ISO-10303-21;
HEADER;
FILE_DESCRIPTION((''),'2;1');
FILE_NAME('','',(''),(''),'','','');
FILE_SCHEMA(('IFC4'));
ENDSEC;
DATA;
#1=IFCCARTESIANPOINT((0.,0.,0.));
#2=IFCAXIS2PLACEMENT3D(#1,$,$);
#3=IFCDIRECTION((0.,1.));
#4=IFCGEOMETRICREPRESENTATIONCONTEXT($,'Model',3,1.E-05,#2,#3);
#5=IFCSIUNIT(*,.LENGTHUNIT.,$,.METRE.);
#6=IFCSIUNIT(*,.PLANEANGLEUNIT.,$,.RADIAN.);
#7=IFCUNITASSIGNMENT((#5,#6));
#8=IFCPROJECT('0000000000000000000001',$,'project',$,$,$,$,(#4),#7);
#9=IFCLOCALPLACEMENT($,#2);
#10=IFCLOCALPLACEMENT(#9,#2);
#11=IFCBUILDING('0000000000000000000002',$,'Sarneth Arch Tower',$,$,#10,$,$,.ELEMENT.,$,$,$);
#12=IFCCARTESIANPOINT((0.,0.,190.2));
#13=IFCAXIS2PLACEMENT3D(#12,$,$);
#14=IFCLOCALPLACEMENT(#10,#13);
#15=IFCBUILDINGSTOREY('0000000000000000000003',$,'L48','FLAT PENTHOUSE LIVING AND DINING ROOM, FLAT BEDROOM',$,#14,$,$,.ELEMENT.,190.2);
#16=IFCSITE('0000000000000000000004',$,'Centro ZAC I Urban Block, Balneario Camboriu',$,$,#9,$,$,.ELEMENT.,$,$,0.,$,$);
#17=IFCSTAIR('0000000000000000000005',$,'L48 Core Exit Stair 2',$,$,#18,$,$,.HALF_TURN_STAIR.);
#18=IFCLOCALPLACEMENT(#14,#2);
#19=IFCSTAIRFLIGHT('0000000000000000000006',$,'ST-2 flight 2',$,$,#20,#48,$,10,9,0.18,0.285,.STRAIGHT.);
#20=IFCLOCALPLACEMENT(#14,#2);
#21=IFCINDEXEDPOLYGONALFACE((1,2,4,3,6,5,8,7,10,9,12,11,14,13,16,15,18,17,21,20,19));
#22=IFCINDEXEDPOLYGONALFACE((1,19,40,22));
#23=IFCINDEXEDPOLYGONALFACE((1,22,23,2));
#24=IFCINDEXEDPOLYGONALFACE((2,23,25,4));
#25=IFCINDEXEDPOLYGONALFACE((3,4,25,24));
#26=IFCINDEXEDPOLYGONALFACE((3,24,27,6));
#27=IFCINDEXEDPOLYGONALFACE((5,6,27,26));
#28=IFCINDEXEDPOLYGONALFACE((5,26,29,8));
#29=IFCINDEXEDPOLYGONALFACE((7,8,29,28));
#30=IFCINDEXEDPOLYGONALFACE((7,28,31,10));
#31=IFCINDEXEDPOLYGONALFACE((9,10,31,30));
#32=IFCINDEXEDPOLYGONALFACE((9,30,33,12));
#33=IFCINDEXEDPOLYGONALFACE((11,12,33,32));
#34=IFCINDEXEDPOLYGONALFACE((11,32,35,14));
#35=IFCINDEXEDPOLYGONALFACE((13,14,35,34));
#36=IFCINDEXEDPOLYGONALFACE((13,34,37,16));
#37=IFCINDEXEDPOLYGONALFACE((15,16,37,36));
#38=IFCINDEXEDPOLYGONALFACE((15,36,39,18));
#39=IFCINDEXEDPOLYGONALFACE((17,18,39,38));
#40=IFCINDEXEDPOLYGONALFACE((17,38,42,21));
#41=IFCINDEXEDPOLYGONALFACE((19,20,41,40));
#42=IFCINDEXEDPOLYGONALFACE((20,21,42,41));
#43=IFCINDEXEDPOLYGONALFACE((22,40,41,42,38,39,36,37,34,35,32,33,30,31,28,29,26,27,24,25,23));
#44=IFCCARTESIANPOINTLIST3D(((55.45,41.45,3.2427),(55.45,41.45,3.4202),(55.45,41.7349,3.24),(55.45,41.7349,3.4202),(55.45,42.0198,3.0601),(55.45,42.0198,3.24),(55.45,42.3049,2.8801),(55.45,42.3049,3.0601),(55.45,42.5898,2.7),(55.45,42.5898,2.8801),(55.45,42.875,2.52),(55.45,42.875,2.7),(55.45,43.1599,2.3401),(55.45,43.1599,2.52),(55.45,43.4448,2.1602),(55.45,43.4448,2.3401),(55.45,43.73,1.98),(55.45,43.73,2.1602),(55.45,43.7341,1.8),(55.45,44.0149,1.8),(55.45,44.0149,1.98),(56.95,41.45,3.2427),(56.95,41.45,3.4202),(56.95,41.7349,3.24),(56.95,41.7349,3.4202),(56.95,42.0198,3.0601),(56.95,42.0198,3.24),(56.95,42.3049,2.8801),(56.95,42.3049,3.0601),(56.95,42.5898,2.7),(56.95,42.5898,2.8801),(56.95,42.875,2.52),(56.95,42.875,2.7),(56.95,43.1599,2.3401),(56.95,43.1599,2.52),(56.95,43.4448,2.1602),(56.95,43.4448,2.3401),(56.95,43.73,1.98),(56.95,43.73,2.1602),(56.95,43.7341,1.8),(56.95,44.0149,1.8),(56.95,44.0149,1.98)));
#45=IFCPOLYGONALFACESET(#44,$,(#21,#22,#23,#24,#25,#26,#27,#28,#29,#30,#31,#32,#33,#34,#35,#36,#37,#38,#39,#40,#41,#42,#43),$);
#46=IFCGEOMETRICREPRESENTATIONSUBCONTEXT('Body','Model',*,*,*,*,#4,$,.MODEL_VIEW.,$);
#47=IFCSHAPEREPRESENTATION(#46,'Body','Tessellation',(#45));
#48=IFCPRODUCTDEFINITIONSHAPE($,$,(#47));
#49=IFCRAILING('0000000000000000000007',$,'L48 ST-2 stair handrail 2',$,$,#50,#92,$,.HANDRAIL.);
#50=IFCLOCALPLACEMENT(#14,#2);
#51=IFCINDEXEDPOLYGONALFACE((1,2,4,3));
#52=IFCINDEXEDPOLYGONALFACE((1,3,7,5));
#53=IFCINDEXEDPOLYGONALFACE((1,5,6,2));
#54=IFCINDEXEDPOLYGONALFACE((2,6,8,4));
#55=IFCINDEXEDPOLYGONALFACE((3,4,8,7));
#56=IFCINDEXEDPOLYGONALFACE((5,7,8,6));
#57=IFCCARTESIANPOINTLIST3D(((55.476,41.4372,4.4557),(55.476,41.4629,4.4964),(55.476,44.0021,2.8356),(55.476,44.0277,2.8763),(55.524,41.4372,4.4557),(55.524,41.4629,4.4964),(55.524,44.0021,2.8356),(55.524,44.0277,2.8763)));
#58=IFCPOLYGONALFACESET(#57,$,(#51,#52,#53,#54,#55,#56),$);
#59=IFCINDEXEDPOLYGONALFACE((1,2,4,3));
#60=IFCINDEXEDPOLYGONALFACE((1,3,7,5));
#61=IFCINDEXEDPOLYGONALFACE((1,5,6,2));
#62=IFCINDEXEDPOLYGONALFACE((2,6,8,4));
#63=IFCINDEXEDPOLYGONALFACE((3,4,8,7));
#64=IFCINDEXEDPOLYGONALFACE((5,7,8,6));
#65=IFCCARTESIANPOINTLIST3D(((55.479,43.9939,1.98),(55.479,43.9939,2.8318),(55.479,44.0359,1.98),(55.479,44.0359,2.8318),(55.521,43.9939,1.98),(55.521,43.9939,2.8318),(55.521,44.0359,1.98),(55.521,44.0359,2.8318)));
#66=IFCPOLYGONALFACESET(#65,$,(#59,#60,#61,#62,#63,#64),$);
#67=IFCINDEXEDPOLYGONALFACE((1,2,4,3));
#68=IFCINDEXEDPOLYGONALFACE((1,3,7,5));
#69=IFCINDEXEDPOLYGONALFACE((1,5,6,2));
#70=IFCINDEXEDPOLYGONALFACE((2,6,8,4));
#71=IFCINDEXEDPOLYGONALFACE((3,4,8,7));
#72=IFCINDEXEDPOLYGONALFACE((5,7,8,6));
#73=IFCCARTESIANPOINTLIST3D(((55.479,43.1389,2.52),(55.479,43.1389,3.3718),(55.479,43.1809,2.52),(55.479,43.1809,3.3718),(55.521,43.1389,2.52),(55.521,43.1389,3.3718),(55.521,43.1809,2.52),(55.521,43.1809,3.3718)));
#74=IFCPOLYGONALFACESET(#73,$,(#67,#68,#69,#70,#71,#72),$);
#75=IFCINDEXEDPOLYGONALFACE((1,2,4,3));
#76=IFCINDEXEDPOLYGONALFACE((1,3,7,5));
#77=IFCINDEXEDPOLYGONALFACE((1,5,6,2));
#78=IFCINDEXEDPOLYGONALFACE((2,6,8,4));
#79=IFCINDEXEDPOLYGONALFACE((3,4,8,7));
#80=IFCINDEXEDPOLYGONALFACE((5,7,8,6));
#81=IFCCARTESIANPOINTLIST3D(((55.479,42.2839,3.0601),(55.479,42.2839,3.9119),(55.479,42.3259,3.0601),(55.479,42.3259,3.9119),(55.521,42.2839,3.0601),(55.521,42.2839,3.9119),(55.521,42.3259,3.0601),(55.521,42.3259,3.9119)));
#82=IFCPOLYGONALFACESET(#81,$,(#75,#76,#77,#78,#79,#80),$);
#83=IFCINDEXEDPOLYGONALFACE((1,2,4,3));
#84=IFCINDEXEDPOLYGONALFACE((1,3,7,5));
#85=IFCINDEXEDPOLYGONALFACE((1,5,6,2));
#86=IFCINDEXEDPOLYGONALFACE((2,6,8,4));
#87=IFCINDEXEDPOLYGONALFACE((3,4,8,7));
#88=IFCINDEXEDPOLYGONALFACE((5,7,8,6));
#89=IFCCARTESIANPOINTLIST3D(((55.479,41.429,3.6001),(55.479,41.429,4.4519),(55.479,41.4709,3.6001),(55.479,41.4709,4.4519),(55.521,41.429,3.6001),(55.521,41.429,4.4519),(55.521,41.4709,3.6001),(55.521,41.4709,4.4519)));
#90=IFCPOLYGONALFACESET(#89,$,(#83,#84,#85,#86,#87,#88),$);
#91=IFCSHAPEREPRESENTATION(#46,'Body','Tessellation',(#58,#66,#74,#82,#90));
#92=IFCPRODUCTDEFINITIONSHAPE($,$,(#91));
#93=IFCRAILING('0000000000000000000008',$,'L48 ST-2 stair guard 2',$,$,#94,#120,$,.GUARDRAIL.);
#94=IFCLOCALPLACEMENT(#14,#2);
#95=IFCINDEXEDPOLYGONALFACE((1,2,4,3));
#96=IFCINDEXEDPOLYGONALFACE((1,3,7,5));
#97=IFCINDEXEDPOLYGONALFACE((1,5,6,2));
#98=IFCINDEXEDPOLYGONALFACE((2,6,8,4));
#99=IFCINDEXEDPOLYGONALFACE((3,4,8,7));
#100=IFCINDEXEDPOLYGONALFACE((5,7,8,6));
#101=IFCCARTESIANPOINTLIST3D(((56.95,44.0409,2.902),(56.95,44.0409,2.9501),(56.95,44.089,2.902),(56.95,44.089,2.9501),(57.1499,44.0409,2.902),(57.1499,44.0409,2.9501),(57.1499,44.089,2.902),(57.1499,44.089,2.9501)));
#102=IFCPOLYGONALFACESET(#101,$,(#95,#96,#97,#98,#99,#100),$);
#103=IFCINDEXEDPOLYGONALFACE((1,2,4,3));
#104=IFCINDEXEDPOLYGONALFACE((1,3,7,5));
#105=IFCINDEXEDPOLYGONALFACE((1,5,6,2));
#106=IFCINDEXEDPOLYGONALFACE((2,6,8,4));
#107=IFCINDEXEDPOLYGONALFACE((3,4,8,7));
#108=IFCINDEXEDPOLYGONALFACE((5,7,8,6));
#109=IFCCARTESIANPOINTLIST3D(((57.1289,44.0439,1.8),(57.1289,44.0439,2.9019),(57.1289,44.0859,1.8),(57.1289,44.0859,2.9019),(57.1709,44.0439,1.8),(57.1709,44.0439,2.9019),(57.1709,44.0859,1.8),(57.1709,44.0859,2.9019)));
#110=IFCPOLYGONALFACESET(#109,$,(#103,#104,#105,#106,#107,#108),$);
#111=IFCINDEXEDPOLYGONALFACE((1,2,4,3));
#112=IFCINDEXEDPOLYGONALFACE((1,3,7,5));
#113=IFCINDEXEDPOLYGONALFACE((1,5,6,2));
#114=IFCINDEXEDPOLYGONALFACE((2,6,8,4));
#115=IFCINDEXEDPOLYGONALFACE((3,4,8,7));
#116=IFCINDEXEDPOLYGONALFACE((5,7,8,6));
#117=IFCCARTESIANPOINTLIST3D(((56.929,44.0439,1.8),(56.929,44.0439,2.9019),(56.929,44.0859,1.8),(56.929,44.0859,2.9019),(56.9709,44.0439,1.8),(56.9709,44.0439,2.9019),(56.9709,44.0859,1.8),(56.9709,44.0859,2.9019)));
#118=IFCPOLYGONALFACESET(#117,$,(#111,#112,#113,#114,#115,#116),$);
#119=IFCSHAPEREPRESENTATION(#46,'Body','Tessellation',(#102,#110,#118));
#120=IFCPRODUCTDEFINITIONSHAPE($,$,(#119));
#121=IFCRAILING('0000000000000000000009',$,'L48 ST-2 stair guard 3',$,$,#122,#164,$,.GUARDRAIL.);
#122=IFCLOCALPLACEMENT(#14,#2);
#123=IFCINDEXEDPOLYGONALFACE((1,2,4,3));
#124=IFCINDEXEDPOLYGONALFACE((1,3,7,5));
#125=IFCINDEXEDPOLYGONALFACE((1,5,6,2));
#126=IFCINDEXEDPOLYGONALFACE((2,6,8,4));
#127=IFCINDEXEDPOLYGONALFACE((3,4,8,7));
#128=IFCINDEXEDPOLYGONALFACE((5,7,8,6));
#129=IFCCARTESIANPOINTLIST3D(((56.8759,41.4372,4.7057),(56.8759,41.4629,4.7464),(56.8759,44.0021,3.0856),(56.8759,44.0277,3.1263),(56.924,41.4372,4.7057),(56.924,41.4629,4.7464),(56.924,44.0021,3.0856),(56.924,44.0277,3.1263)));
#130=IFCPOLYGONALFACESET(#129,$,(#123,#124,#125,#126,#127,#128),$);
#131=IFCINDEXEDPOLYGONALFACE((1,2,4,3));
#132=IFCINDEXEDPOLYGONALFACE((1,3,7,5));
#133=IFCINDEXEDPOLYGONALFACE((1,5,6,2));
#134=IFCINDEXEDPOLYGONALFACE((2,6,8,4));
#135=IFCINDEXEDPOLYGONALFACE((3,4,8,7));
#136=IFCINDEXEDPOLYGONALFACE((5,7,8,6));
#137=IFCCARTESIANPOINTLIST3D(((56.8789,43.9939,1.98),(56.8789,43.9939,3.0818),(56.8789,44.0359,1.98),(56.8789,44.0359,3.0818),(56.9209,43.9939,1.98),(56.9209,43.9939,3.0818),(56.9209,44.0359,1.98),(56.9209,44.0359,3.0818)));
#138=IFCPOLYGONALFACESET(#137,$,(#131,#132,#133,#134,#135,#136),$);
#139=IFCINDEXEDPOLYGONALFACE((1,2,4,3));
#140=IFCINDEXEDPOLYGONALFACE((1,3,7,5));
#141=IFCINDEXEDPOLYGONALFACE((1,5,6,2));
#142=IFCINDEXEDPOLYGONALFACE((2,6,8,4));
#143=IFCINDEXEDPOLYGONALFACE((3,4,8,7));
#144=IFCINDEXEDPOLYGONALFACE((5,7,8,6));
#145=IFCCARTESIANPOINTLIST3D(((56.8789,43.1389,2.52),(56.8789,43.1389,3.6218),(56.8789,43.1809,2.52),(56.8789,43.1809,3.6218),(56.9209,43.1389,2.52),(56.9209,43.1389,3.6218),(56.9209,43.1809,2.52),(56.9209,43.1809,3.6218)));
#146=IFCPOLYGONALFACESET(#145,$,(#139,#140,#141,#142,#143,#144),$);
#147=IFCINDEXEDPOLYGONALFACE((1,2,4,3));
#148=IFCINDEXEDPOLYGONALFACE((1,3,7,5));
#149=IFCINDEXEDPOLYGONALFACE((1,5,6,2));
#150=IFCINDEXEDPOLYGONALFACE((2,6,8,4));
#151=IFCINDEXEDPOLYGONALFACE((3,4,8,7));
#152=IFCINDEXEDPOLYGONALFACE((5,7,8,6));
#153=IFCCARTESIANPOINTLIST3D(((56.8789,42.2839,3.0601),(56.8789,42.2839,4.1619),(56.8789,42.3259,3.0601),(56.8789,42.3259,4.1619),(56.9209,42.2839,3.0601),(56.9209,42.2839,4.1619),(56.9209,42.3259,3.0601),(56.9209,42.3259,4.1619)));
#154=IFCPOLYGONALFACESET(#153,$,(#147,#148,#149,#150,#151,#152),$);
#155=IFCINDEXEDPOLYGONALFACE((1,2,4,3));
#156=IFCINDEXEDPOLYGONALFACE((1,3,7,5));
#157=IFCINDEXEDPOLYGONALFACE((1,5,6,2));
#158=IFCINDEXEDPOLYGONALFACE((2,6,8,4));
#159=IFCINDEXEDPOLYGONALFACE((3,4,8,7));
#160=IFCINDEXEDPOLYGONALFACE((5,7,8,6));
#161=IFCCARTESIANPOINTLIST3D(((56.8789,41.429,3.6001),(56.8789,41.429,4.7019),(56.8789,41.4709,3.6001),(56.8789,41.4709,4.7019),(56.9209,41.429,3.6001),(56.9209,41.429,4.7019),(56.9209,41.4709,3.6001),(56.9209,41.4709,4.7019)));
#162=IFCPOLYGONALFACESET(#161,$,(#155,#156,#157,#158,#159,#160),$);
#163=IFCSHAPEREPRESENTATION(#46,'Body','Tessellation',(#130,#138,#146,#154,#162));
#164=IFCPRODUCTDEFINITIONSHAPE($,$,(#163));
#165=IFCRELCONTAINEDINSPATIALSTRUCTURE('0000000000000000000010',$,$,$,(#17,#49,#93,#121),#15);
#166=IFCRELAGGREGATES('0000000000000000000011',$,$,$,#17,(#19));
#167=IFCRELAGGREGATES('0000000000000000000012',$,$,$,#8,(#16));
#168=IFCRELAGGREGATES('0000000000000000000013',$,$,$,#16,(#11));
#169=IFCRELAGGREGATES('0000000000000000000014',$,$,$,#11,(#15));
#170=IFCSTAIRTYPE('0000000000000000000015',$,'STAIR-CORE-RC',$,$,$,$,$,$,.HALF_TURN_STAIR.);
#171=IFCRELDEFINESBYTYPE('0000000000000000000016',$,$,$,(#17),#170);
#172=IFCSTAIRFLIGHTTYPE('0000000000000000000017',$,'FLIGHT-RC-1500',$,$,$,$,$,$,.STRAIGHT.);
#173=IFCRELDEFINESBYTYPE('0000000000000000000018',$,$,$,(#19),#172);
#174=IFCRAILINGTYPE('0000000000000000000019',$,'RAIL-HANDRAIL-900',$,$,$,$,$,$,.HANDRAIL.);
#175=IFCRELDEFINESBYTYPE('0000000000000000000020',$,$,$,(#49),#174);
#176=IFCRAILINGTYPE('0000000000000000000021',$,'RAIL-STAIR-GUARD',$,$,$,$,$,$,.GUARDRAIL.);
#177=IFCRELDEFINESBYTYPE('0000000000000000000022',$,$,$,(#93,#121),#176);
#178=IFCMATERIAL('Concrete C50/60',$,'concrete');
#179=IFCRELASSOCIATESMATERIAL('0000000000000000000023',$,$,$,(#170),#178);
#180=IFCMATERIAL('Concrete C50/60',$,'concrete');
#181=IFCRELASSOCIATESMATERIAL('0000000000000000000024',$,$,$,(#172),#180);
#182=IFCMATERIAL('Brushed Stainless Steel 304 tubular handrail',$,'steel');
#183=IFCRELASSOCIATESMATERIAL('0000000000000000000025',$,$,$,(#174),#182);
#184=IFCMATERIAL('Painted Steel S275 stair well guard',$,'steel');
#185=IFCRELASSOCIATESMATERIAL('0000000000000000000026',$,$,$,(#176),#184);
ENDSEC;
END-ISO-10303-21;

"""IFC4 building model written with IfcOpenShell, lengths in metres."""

from ifc_helpers import new_model, si_unit, direction, frame, origin, origin_2d, place, context, subcontext, project, spatial, polyline, rectangle, outline, extrude, material, type_object, element, aggregate, save


model = new_model("IFC4")

# Units and contexts
model_context = context("Model", 3, precision=1e-05, world=origin(), true_north=direction((0.0, 1.0)))
body_context = subcontext(model_context, "Body", "Model", "MODEL_VIEW")
ifc_project = project(units=[si_unit("LENGTHUNIT", "METRE"), si_unit("PLANEANGLEUNIT", "RADIAN")], contexts=[model_context])

# Site, building, storey
site_placement = place(None, origin())
site = spatial("IfcSite", under=ifc_project, at=site_placement, Name="Centro ZAC I Urban Block, Balneario Camboriu", CompositionType="ELEMENT", RefElevation=0.0)
building_placement = place(site_placement, origin())
building = spatial("IfcBuilding", under=site, at=building_placement, Name="Sarneth Arch Tower", CompositionType="ELEMENT")
storey_placement = place(building_placement, frame((0.0, 0.0, 190.2)))
storey = spatial("IfcBuildingStorey", under=building, at=storey_placement, Name="L48", Description="FLAT PENTHOUSE LIVING AND DINING ROOM, FLAT BEDROOM", CompositionType="ELEMENT", Elevation=190.2)

# Stair, stair flight
ifc_material_1 = material(Name="Concrete C50/60", Category="concrete")
stair_type = type_object("IfcStairType", Name="STAIR-CORE-RC", PredefinedType="HALF_TURN_STAIR", material=ifc_material_1)
stair_placement = place(storey_placement, origin())
stair = element("IfcStair", 1, at=stair_placement, inside=storey, type_object=stair_type, Name="L48 Core Exit Stair 2", PredefinedType="HALF_TURN_STAIR")
ifc_material_2 = material(Name="Concrete C50/60", Category="concrete")
stair_flight_type = type_object("IfcStairFlightType", Name="FLIGHT-RC-1500", PredefinedType="STRAIGHT", material=ifc_material_2)
stair_flight_placement = place(storey_placement, frame((56.2, 44.0149, 1.8), z_axis=(0.0, 0.0, 1.0), x_axis=(0.0, -1.0, 0.0)))
stair_flight = element("IfcStairFlight", 2, at=stair_flight_placement, type_object=stair_flight_type, Name="ST-2 flight 2", NumberOfRisers=10, NumberOfTreads=9, PredefinedType="STRAIGHT", RiserHeight=0.18, TreadLength=0.285, context=body_context, shape_type="SweptSolid", body=[
    extrude(outline(polyline([(0.0, 0.0), (0.0, 0.1799), (0.2849, 0.1799), (0.2849, 0.3601), (0.5701, 0.3601), (0.5701, 0.54), (0.855, 0.54), (0.855, 0.72), (1.1399, 0.72), (1.1399, 0.8999), (1.425, 0.8999), (1.425, 1.0801), (1.71, 1.0801), (1.71, 1.26), (1.9951, 1.26), (1.9951, 1.4399), (2.28, 1.4399), (2.28, 1.6201), (2.5649, 1.6201), (2.5649, 1.8), (2.5649, 1.4426), (0.2808, 0.0), (0.0, 0.0)])), frame((0.0, 0.75, 0.0), z_axis=(0.0, -1.0, 0.0), x_axis=(1.0, 0.0, 0.0)), (0.0, 0.0, 1.0), 1.5),
])
aggregate(stair, [stair_flight])

# Railings
ifc_material_3 = material(Name="Brushed Stainless Steel 304 tubular handrail", Category="steel")
railing_type_1 = type_object("IfcRailingType", Name="RAIL-HANDRAIL-900", PredefinedType="HANDRAIL", material=ifc_material_3)
railing_1_placement = place(storey_placement, frame((55.5, 44.0149, 1.98)))
element("IfcRailing", 3, at=railing_1_placement, inside=storey, type_object=railing_type_1, Name="L48 ST-2 stair handrail 2", PredefinedType="HANDRAIL", context=body_context, shape_type="SweptSolid", body=[
    extrude(rectangle(XDim=0.0481, YDim=0.0481, at=origin_2d()), frame((0.0, 0.0, 0.876), z_axis=(0.0, -0.845466, 0.534029), x_axis=(1.0, 0.0, 0.0)), (0.0, 0.0, 1.0), 3.0337),
    extrude(rectangle(XDim=0.042, YDim=0.042, at=origin_2d()), origin(), (0.0, 0.0, 1.0), 0.8518),
    extrude(rectangle(XDim=0.042, YDim=0.042, at=origin_2d()), frame((0.0, -0.855, 0.54)), (0.0, 0.0, 1.0), 0.8518),
    extrude(rectangle(XDim=0.042, YDim=0.042, at=origin_2d()), frame((0.0, -1.71, 1.0801)), (0.0, 0.0, 1.0), 0.8518),
    extrude(rectangle(XDim=0.042, YDim=0.042, at=origin_2d()), frame((0.0, -2.5649, 1.6201)), (0.0, 0.0, 1.0), 0.8518),
])
ifc_material_4 = material(Name="Painted Steel S275 stair well guard", Category="steel")
railing_type_2 = type_object("IfcRailingType", Name="RAIL-STAIR-GUARD", PredefinedType="GUARDRAIL", material=ifc_material_4)
railing_2_placement = place(storey_placement, frame((57.1499, 44.0649, 1.8)))
element("IfcRailing", 4, at=railing_2_placement, inside=storey, type_object=railing_type_2, Name="L48 ST-2 stair guard 2", PredefinedType="GUARDRAIL", context=body_context, shape_type="SweptSolid", body=[
    extrude(rectangle(XDim=0.0481, YDim=0.0481, at=origin_2d()), frame((0.0, 0.0, 1.126), z_axis=(-1.0, 0.0, 0.0), x_axis=(0.0, -1.0, 0.0)), (0.0, 0.0, 1.0), 0.2),
    extrude(rectangle(XDim=0.042, YDim=0.042, at=origin_2d()), origin(), (0.0, 0.0, 1.0), 1.1018),
    extrude(rectangle(XDim=0.042, YDim=0.042, at=origin_2d()), frame((-0.2, 0.0, 0.0)), (0.0, 0.0, 1.0), 1.1018),
])
railing_3_placement = place(storey_placement, frame((56.8999, 44.0149, 1.98)))
element("IfcRailing", 5, at=railing_3_placement, inside=storey, type_object=railing_type_2, Name="L48 ST-2 stair guard 3", PredefinedType="GUARDRAIL", context=body_context, shape_type="SweptSolid", body=[
    extrude(rectangle(XDim=0.0481, YDim=0.0481, at=origin_2d()), frame((0.0, 0.0, 1.126), z_axis=(0.0, -0.845466, 0.534029), x_axis=(1.0, 0.0, 0.0)), (0.0, 0.0, 1.0), 3.0337),
    extrude(rectangle(XDim=0.042, YDim=0.042, at=origin_2d()), origin(), (0.0, 0.0, 1.0), 1.1018),
    extrude(rectangle(XDim=0.042, YDim=0.042, at=origin_2d()), frame((0.0, -0.855, 0.54)), (0.0, 0.0, 1.0), 1.1018),
    extrude(rectangle(XDim=0.042, YDim=0.042, at=origin_2d()), frame((0.0, -1.71, 1.0801)), (0.0, 0.0, 1.0), 1.1018),
    extrude(rectangle(XDim=0.042, YDim=0.042, at=origin_2d()), frame((0.0, -2.5649, 1.6201)), (0.0, 0.0, 1.0), 1.1018),
])

save(model, "model.ifc")
